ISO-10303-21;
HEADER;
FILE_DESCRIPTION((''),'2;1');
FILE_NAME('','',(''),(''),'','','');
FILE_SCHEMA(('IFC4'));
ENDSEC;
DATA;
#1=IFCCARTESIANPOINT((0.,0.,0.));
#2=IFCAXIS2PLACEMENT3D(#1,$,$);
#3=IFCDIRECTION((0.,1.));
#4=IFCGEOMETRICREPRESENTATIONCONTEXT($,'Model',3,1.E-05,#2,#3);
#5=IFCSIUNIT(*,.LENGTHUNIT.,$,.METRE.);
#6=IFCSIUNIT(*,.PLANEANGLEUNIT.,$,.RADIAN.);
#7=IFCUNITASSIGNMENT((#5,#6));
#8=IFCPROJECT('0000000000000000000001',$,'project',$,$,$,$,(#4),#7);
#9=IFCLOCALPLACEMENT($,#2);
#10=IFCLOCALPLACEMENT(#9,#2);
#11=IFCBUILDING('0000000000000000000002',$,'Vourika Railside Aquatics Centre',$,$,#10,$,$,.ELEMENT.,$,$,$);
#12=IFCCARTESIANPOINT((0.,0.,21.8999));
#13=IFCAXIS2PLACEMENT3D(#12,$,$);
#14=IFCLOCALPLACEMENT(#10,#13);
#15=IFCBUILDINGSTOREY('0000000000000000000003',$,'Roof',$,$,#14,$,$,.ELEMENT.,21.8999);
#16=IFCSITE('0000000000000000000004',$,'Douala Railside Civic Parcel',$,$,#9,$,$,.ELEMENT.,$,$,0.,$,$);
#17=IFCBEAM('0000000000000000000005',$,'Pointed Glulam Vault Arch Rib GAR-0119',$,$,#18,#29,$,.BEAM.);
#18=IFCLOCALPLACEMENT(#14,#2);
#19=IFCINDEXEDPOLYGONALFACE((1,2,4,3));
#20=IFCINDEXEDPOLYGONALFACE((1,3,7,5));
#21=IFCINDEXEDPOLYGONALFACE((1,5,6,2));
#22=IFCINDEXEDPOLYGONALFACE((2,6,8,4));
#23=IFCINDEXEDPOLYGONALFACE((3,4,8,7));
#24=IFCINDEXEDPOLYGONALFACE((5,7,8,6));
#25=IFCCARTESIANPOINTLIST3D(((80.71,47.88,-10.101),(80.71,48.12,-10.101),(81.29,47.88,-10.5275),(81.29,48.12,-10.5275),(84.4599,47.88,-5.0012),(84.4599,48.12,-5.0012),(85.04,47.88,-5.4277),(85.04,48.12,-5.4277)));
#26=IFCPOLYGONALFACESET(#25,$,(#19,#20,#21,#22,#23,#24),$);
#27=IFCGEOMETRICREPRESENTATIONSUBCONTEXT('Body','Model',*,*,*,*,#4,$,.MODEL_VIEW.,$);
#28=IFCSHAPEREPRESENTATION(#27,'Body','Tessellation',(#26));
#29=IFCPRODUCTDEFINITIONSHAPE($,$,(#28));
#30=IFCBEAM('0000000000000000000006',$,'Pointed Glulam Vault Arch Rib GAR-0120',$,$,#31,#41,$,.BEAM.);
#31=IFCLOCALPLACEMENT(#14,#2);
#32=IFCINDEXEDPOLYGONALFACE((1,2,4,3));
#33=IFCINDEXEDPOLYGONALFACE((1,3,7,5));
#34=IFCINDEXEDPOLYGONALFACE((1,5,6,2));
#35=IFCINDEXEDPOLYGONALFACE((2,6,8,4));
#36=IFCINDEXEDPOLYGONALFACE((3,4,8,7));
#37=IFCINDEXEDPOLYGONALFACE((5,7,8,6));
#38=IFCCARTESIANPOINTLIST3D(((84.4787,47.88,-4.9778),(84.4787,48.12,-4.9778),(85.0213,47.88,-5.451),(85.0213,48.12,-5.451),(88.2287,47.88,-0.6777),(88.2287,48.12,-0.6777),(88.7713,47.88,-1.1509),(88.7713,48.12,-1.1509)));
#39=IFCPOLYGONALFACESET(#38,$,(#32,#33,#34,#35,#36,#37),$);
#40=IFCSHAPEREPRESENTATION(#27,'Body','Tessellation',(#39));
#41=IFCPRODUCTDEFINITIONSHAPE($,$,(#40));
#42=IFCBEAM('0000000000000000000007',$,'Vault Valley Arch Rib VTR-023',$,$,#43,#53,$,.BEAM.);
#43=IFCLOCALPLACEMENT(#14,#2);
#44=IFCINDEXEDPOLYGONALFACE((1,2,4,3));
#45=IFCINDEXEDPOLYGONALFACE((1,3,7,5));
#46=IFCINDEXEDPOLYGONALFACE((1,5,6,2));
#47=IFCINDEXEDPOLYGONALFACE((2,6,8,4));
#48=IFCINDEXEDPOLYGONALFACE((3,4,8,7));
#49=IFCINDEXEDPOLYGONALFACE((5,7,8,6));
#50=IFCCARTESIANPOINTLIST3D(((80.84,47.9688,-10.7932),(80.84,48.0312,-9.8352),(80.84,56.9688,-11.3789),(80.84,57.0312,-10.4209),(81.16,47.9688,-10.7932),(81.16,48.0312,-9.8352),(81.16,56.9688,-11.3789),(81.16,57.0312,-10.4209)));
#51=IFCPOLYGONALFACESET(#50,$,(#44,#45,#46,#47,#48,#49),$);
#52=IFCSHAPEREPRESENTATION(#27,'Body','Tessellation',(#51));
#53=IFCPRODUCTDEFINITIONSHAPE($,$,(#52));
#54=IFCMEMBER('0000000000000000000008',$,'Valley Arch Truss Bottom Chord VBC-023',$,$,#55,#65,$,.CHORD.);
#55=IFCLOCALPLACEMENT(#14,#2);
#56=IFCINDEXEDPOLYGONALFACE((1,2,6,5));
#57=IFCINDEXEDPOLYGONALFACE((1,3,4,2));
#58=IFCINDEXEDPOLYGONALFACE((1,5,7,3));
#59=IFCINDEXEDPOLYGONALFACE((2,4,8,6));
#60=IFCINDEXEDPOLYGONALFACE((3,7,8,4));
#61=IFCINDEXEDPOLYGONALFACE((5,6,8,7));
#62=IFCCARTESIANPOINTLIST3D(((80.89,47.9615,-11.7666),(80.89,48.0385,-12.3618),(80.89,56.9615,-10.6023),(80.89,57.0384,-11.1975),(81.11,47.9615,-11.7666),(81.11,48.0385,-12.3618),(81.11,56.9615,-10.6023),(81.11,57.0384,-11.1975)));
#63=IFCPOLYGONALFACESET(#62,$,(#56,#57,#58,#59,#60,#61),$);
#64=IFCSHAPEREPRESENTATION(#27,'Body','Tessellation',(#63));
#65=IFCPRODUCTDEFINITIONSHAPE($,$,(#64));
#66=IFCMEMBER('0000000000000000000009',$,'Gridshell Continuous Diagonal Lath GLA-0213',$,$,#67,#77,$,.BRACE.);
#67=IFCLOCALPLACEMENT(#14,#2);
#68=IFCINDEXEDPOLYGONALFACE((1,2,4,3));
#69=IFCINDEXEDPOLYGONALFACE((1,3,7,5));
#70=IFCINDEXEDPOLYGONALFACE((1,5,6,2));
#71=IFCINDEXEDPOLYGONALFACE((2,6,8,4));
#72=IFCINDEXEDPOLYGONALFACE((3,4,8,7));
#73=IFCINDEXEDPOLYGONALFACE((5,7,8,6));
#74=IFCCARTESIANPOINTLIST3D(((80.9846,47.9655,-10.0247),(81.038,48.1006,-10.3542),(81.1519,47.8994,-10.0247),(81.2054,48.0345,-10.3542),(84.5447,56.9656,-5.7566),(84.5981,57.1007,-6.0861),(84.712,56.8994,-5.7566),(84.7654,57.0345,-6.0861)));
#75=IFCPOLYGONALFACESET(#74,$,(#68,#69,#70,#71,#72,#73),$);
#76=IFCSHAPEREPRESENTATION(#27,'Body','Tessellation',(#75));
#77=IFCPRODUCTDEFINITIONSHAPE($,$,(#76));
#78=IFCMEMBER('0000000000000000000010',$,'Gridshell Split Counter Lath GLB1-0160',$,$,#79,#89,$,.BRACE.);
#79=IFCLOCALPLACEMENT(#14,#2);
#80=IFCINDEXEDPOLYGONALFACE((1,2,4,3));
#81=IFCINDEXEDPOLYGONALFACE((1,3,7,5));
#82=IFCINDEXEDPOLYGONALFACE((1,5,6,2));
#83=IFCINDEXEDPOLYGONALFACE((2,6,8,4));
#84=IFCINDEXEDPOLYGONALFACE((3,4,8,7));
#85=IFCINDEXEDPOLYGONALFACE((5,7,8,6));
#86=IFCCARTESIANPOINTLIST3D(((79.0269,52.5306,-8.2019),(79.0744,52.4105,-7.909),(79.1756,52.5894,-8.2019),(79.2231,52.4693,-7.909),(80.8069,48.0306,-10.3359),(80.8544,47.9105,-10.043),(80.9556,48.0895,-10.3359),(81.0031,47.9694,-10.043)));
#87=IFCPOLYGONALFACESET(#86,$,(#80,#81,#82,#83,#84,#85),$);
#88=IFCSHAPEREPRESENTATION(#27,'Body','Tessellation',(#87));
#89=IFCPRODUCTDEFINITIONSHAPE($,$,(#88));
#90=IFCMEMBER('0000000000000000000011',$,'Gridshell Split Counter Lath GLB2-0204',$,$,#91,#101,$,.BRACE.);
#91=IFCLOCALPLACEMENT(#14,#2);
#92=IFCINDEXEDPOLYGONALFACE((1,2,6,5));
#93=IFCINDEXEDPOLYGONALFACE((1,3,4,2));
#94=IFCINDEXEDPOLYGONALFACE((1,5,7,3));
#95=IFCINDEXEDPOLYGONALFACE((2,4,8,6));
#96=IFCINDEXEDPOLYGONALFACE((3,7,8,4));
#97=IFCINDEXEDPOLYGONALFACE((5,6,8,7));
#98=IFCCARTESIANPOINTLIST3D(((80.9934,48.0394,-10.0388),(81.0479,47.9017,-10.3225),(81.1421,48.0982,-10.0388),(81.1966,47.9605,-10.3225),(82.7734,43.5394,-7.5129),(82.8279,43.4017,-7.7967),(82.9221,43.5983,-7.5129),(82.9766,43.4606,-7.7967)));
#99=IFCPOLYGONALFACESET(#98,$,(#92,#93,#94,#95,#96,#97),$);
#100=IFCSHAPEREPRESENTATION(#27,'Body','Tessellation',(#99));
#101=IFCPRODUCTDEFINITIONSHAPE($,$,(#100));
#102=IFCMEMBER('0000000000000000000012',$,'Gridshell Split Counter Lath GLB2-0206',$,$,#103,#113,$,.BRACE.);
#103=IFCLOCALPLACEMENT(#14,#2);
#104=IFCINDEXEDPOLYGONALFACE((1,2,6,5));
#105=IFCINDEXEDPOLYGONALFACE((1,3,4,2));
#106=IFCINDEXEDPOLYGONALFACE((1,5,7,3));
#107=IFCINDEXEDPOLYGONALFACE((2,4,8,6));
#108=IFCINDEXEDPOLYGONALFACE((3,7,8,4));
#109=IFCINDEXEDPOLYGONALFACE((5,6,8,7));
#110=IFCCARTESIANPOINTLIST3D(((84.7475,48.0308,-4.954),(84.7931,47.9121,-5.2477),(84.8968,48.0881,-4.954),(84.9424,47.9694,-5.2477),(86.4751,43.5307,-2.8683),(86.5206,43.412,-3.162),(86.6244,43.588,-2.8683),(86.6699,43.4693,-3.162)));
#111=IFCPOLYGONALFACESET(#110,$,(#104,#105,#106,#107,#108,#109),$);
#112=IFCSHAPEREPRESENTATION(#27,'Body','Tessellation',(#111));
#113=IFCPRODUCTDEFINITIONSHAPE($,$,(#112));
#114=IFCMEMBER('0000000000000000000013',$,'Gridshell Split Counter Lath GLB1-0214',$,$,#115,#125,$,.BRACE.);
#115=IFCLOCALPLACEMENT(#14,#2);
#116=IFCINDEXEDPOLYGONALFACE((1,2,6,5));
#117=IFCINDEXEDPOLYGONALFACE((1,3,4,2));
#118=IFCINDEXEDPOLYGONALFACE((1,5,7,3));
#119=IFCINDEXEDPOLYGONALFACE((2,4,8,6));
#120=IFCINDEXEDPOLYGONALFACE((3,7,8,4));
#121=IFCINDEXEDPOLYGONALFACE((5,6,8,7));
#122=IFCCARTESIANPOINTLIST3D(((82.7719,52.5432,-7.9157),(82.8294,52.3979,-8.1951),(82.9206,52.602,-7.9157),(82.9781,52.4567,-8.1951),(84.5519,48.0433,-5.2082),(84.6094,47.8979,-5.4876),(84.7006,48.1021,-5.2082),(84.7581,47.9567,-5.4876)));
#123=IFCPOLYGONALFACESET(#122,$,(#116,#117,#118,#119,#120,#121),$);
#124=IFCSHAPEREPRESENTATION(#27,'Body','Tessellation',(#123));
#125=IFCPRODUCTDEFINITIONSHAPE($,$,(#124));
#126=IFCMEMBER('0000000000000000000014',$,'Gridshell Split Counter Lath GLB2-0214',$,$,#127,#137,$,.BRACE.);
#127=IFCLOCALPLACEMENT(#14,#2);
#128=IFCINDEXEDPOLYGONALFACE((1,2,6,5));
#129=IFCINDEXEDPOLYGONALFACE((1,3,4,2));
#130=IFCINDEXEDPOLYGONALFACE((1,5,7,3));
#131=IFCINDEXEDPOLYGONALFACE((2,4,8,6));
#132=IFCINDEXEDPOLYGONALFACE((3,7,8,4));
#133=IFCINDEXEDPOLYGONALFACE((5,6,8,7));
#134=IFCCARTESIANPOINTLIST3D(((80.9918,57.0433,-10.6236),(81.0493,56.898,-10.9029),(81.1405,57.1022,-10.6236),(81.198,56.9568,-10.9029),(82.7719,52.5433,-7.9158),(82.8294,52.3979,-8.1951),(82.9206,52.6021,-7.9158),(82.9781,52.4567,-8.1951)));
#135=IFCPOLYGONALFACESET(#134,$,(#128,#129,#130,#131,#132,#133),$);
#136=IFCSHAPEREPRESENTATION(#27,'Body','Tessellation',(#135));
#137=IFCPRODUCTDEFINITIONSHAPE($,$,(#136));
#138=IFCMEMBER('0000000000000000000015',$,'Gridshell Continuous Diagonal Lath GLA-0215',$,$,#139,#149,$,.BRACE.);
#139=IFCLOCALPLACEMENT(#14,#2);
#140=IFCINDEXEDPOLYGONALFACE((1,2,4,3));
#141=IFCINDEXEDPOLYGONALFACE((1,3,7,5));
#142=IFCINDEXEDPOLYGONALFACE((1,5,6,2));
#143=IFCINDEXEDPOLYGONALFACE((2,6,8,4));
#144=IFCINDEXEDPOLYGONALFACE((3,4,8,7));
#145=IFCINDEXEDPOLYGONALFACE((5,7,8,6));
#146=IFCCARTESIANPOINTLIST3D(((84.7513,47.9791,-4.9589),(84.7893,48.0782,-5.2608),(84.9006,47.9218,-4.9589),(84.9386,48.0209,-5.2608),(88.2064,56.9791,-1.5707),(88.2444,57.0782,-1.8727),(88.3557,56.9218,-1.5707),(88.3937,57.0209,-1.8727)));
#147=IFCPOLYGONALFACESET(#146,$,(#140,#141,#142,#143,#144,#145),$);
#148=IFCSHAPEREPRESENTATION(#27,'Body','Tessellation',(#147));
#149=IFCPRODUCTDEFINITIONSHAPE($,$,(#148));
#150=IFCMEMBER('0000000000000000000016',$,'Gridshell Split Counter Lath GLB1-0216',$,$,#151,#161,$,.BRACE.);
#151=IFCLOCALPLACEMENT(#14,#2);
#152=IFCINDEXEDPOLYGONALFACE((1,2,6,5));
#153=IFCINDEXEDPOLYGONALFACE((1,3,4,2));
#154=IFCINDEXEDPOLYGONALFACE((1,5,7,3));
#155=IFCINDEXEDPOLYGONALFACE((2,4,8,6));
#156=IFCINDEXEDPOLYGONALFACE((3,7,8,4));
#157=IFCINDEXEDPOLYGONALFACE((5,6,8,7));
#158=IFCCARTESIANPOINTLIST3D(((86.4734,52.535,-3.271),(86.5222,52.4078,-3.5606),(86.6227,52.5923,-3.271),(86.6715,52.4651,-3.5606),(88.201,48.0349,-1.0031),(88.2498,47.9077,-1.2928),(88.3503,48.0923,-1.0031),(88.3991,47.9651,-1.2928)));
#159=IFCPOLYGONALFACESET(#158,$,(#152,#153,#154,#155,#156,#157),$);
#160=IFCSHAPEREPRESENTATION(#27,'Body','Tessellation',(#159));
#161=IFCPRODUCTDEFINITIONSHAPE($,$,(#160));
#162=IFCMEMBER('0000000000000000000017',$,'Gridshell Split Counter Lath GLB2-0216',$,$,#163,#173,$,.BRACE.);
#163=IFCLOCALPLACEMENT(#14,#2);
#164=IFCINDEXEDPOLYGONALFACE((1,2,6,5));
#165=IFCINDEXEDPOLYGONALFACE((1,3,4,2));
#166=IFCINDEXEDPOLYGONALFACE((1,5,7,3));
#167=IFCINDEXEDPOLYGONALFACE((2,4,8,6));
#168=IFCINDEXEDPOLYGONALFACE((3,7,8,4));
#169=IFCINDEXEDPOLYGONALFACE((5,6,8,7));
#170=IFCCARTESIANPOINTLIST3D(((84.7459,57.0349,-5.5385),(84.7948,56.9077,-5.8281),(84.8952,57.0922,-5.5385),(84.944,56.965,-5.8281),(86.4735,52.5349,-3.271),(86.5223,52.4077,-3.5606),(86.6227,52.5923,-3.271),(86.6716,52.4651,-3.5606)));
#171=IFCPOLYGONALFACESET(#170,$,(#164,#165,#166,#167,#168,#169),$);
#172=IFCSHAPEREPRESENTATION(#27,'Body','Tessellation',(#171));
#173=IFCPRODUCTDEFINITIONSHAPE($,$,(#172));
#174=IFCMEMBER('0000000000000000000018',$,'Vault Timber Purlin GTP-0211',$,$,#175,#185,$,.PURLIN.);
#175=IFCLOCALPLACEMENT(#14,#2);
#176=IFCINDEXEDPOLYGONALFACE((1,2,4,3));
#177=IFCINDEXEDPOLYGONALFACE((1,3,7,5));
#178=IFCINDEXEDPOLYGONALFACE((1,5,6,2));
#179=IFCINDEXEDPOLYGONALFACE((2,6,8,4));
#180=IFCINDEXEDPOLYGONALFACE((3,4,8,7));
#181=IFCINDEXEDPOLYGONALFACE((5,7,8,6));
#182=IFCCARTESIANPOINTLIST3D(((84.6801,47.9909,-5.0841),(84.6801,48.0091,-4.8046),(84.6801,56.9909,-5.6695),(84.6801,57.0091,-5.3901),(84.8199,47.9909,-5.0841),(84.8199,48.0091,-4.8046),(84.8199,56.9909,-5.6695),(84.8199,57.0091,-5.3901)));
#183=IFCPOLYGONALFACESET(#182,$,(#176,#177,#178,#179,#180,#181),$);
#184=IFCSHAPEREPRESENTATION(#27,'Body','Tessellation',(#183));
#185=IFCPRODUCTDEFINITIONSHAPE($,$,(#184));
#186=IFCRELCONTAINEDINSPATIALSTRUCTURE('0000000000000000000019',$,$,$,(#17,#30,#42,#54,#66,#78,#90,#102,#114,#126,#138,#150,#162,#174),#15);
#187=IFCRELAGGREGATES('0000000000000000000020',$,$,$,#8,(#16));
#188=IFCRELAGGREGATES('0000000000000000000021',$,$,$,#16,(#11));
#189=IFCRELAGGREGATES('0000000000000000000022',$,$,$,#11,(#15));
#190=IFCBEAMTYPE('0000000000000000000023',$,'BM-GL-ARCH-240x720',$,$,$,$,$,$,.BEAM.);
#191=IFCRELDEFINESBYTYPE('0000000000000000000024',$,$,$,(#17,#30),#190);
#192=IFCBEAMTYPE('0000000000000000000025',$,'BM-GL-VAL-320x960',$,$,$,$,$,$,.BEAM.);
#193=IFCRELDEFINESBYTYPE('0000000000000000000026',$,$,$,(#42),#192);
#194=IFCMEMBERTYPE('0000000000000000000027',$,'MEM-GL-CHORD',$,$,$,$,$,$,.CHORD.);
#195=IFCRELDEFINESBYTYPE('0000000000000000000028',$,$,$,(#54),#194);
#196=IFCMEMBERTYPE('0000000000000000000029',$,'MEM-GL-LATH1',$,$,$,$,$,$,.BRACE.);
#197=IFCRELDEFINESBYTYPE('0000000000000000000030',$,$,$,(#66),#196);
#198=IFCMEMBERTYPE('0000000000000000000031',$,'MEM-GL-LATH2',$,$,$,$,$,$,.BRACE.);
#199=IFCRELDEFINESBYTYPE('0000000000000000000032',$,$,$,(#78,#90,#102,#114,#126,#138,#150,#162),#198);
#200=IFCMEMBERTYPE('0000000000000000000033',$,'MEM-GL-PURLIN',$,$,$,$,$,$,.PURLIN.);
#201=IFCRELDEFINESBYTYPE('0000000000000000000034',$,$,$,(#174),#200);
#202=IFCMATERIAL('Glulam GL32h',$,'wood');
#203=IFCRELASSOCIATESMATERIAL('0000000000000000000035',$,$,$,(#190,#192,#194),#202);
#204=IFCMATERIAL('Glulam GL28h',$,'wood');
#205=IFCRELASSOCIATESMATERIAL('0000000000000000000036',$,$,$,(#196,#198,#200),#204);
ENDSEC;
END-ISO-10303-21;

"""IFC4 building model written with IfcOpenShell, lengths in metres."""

from ifc_helpers import new_model, si_unit, direction, frame, origin, origin_2d, place, context, subcontext, project, spatial, rectangle, extrude, material, material_profile, profile_set, type_object, element, save


model = new_model("IFC4")

# Units and contexts
model_context = context("Model", 3, precision=1e-05, world=origin(), true_north=direction((0.0, 1.0)))
body_context = subcontext(model_context, "Body", "Model", "MODEL_VIEW")
ifc_project = project(units=[si_unit("LENGTHUNIT", "METRE"), si_unit("PLANEANGLEUNIT", "RADIAN")], contexts=[model_context])

# Site, building, storey
site_placement = place(None, origin())
site = spatial("IfcSite", under=ifc_project, at=site_placement, Name="Douala Railside Civic Parcel", CompositionType="ELEMENT", RefElevation=0.0)
building_placement = place(site_placement, origin())
building = spatial("IfcBuilding", under=site, at=building_placement, Name="Vourika Railside Aquatics Centre", CompositionType="ELEMENT")
storey_placement = place(building_placement, frame((0.0, 0.0, 21.8999)))
storey = spatial("IfcBuildingStorey", under=building, at=storey_placement, Name="Roof", CompositionType="ELEMENT", Elevation=21.8999)

# Beams
ifc_material_1 = material(Name="Glulam GL32h", Category="wood")
ifc_material_profile_1 = material_profile(ifc_material_1, rectangle(XDim=0.24, YDim=0.72, at=origin_2d()), Name="GL32h 240x720")
ifc_profile_set_1 = profile_set([ifc_material_profile_1], Name="Glulam GL32h")
beam_type_1 = type_object("IfcBeamType", Name="BM-GL-ARCH-240x720", PredefinedType="BEAM", material=ifc_profile_set_1)
beam_1_placement = place(storey_placement, frame((81.0, 48.0, -10.3142), z_axis=(0.592401, 0.0, 0.805643), x_axis=(0.0, 1.0, 0.0)))
element("IfcBeam", 1, at=beam_1_placement, inside=storey, type_object=beam_type_1, Name="Pointed Glulam Vault Arch Rib GAR-0119", PredefinedType="BEAM", context=body_context, shape_type="SweptSolid", body=[
    extrude(rectangle(XDim=0.24, YDim=0.72, at=origin_2d()), origin(), (0.0, 0.0, 1.0), 6.3301),
])
beam_2_placement = place(storey_placement, frame((84.75, 48.0, -5.2144), z_axis=(0.657259, 0.0, 0.753665), x_axis=(0.0, 1.0, 0.0)))
element("IfcBeam", 2, at=beam_2_placement, inside=storey, type_object=beam_type_1, Name="Pointed Glulam Vault Arch Rib GAR-0120", PredefinedType="BEAM", context=body_context, shape_type="SweptSolid", body=[
    extrude(rectangle(XDim=0.24, YDim=0.72, at=origin_2d()), origin(), (0.0, 0.0, 1.0), 5.7056),
])
ifc_material_profile_2 = material_profile(ifc_material_1, rectangle(XDim=0.3201, YDim=0.96, at=origin_2d()), Name="GL32h 320x960")
ifc_profile_set_2 = profile_set([ifc_material_profile_2], Name="Glulam GL32h")
beam_type_2 = type_object("IfcBeamType", Name="BM-GL-VAL-320x960", PredefinedType="BEAM", material=ifc_profile_set_2)
beam_3_placement = place(storey_placement, frame((81.0, 48.0, -10.3142), z_axis=(0.0, 0.997889, -0.06494), x_axis=(-1.0, 0.0, 0.0)))
element("IfcBeam", 3, at=beam_3_placement, inside=storey, type_object=beam_type_2, Name="Vault Valley Arch Rib VTR-023", PredefinedType="BEAM", context=body_context, shape_type="SweptSolid", body=[
    extrude(rectangle(XDim=0.3201, YDim=0.96, at=origin_2d()), origin(), (0.0, 0.0, 1.0), 9.019),
])

# Members
ifc_material_profile_3 = material_profile(ifc_material_1, rectangle(XDim=0.22, YDim=0.6001, at=origin_2d()), Name="GL32h 220x600")
ifc_profile_set_3 = profile_set([ifc_material_profile_3], Name="Glulam GL32h")
member_type_1 = type_object("IfcMemberType", Name="MEM-GL-CHORD", PredefinedType="CHORD", material=ifc_profile_set_3)
member_1_placement = place(storey_placement, frame((81.0, 48.0, -12.0642), z_axis=(0.0, 0.991736, 0.128298), x_axis=(-1.0, 0.0, 0.0)))
element("IfcMember", 4, at=member_1_placement, inside=storey, type_object=member_type_1, Name="Valley Arch Truss Bottom Chord VBC-023", PredefinedType="CHORD", context=body_context, shape_type="SweptSolid", body=[
    extrude(rectangle(XDim=0.22, YDim=0.6001, at=origin_2d()), origin(), (0.0, 0.0, 1.0), 9.075),
])
ifc_material_2 = material(Name="Glulam GL28h", Category="wood")
ifc_material_profile_4 = material_profile(ifc_material_2, rectangle(XDim=0.1799, YDim=0.3601, at=origin_2d()), Name="GL28h 180x360")
ifc_profile_set_4 = profile_set([ifc_material_profile_4], Name="Glulam GL28h")
member_type_2 = type_object("IfcMemberType", Name="MEM-GL-LATH1", PredefinedType="BRACE", material=ifc_profile_set_4)
member_2_placement = place(storey_placement, frame((81.095, 48.0, -10.1895), z_axis=(0.336559, 0.850836, 0.403492), x_axis=(-0.929893, 0.36783, 0.0)))
element("IfcMember", 5, at=member_2_placement, inside=storey, type_object=member_type_2, Name="Gridshell Continuous Diagonal Lath GLA-0213", PredefinedType="BRACE", context=body_context, shape_type="SweptSolid", body=[
    extrude(rectangle(XDim=0.1799, YDim=0.3601, at=origin_2d()), origin(), (0.0, 0.0, 1.0), 10.5779),
])
ifc_material_profile_5 = material_profile(ifc_material_2, rectangle(XDim=0.1599, YDim=0.3201, at=origin_2d()), Name="GL28h 160x320")
ifc_profile_set_5 = profile_set([ifc_material_profile_5], Name="Glulam GL28h")
member_type_3 = type_object("IfcMemberType", Name="MEM-GL-LATH2", PredefinedType="BRACE", material=ifc_profile_set_5)
member_3_placement = place(storey_placement, frame((80.905, 48.0, -10.1895), z_axis=(-0.336559, 0.850836, 0.403492), x_axis=(-0.929893, -0.36783, 0.0)))
element("IfcMember", 6, at=member_3_placement, inside=storey, type_object=member_type_3, Name="Gridshell Split Counter Lath GLB1-0160", PredefinedType="BRACE", context=body_context, shape_type="SweptSolid", body=[
    extrude(rectangle(XDim=0.1599, YDim=0.3201, at=origin_2d()), origin(), (0.0, 0.0, 1.0), 5.2888),
])
member_4_placement = place(storey_placement, frame((82.875, 43.5, -7.6548), z_axis=(-0.326084, 0.824356, -0.462716), x_axis=(-0.929893, -0.36783, 0.0)))
element("IfcMember", 7, at=member_4_placement, inside=storey, type_object=member_type_3, Name="Gridshell Split Counter Lath GLB2-0204", PredefinedType="BRACE", context=body_context, shape_type="SweptSolid", body=[
    extrude(rectangle(XDim=0.1599, YDim=0.3201, at=origin_2d()), origin(), (0.0, 0.0, 1.0), 5.4587),
])
member_5_placement = place(storey_placement, frame((86.5725, 43.5, -3.0151), z_axis=(-0.328924, 0.856801, -0.397116), x_axis=(-0.93357, -0.358395, 0.0)))
element("IfcMember", 8, at=member_5_placement, inside=storey, type_object=member_type_3, Name="Gridshell Split Counter Lath GLB2-0206", PredefinedType="BRACE", context=body_context, shape_type="SweptSolid", body=[
    extrude(rectangle(XDim=0.1599, YDim=0.3201, at=origin_2d()), origin(), (0.0, 0.0, 1.0), 5.2522),
])
member_6_placement = place(storey_placement, frame((84.655, 48.0, -5.3479), z_axis=(-0.321004, 0.811514, -0.488264), x_axis=(-0.929893, -0.36783, 0.0)))
element("IfcMember", 9, at=member_6_placement, inside=storey, type_object=member_type_3, Name="Gridshell Split Counter Lath GLB1-0214", PredefinedType="BRACE", context=body_context, shape_type="SweptSolid", body=[
    extrude(rectangle(XDim=0.1599, YDim=0.3201, at=origin_2d()), origin(), (0.0, 0.0, 1.0), 5.5452),
])
member_7_placement = place(storey_placement, frame((82.875, 52.5, -8.0554), z_axis=(-0.320997, 0.811496, -0.488298), x_axis=(-0.929893, -0.36783, 0.0)))
element("IfcMember", 10, at=member_7_placement, inside=storey, type_object=member_type_3, Name="Gridshell Split Counter Lath GLB2-0214", PredefinedType="BRACE", context=body_context, shape_type="SweptSolid", body=[
    extrude(rectangle(XDim=0.1599, YDim=0.3201, at=origin_2d()), origin(), (0.0, 0.0, 1.0), 5.5454),
])
member_8_placement = place(storey_placement, frame((84.845, 48.0, -5.1099), z_axis=(0.338121, 0.880757, 0.331574), x_axis=(-0.93357, 0.358395, 0.0)))
element("IfcMember", 11, at=member_8_placement, inside=storey, type_object=member_type_3, Name="Gridshell Continuous Diagonal Lath GLA-0215", PredefinedType="BRACE", context=body_context, shape_type="SweptSolid", body=[
    extrude(rectangle(XDim=0.1599, YDim=0.3201, at=origin_2d()), origin(), (0.0, 0.0, 1.0), 10.2185),
])
member_9_placement = place(storey_placement, frame((88.3, 48.0, -1.1479), z_axis=(-0.324296, 0.844746, -0.425719), x_axis=(-0.93357, -0.358395, 0.0)))
element("IfcMember", 12, at=member_9_placement, inside=storey, type_object=member_type_3, Name="Gridshell Split Counter Lath GLB1-0216", PredefinedType="BRACE", context=body_context, shape_type="SweptSolid", body=[
    extrude(rectangle(XDim=0.1599, YDim=0.3201, at=origin_2d()), origin(), (0.0, 0.0, 1.0), 5.3271),
])
member_10_placement = place(storey_placement, frame((86.5725, 52.5, -3.4158), z_axis=(-0.324302, 0.844762, -0.425681), x_axis=(-0.93357, -0.358395, 0.0)))
element("IfcMember", 13, at=member_10_placement, inside=storey, type_object=member_type_3, Name="Gridshell Split Counter Lath GLB2-0216", PredefinedType="BRACE", context=body_context, shape_type="SweptSolid", body=[
    extrude(rectangle(XDim=0.1599, YDim=0.3201, at=origin_2d()), origin(), (0.0, 0.0, 1.0), 5.3269),
])
ifc_material_profile_6 = material_profile(ifc_material_2, rectangle(XDim=0.1399, YDim=0.28, at=origin_2d()), Name="GL28h 140x280")
ifc_profile_set_6 = profile_set([ifc_material_profile_6], Name="Glulam GL28h")
member_type_4 = type_object("IfcMemberType", Name="MEM-GL-PURLIN", PredefinedType="PURLIN", material=ifc_profile_set_6)
member_11_placement = place(storey_placement, frame((84.75, 48.0, -4.9443), z_axis=(0.0, 0.997891, -0.064913), x_axis=(-1.0, 0.0, 0.0)))
element("IfcMember", 14, at=member_11_placement, inside=storey, type_object=member_type_4, Name="Vault Timber Purlin GTP-0211", PredefinedType="PURLIN", context=body_context, shape_type="SweptSolid", body=[
    extrude(rectangle(XDim=0.1399, YDim=0.28, at=origin_2d()), origin(), (0.0, 0.0, 1.0), 9.019),
])

save(model, "model.ifc")
